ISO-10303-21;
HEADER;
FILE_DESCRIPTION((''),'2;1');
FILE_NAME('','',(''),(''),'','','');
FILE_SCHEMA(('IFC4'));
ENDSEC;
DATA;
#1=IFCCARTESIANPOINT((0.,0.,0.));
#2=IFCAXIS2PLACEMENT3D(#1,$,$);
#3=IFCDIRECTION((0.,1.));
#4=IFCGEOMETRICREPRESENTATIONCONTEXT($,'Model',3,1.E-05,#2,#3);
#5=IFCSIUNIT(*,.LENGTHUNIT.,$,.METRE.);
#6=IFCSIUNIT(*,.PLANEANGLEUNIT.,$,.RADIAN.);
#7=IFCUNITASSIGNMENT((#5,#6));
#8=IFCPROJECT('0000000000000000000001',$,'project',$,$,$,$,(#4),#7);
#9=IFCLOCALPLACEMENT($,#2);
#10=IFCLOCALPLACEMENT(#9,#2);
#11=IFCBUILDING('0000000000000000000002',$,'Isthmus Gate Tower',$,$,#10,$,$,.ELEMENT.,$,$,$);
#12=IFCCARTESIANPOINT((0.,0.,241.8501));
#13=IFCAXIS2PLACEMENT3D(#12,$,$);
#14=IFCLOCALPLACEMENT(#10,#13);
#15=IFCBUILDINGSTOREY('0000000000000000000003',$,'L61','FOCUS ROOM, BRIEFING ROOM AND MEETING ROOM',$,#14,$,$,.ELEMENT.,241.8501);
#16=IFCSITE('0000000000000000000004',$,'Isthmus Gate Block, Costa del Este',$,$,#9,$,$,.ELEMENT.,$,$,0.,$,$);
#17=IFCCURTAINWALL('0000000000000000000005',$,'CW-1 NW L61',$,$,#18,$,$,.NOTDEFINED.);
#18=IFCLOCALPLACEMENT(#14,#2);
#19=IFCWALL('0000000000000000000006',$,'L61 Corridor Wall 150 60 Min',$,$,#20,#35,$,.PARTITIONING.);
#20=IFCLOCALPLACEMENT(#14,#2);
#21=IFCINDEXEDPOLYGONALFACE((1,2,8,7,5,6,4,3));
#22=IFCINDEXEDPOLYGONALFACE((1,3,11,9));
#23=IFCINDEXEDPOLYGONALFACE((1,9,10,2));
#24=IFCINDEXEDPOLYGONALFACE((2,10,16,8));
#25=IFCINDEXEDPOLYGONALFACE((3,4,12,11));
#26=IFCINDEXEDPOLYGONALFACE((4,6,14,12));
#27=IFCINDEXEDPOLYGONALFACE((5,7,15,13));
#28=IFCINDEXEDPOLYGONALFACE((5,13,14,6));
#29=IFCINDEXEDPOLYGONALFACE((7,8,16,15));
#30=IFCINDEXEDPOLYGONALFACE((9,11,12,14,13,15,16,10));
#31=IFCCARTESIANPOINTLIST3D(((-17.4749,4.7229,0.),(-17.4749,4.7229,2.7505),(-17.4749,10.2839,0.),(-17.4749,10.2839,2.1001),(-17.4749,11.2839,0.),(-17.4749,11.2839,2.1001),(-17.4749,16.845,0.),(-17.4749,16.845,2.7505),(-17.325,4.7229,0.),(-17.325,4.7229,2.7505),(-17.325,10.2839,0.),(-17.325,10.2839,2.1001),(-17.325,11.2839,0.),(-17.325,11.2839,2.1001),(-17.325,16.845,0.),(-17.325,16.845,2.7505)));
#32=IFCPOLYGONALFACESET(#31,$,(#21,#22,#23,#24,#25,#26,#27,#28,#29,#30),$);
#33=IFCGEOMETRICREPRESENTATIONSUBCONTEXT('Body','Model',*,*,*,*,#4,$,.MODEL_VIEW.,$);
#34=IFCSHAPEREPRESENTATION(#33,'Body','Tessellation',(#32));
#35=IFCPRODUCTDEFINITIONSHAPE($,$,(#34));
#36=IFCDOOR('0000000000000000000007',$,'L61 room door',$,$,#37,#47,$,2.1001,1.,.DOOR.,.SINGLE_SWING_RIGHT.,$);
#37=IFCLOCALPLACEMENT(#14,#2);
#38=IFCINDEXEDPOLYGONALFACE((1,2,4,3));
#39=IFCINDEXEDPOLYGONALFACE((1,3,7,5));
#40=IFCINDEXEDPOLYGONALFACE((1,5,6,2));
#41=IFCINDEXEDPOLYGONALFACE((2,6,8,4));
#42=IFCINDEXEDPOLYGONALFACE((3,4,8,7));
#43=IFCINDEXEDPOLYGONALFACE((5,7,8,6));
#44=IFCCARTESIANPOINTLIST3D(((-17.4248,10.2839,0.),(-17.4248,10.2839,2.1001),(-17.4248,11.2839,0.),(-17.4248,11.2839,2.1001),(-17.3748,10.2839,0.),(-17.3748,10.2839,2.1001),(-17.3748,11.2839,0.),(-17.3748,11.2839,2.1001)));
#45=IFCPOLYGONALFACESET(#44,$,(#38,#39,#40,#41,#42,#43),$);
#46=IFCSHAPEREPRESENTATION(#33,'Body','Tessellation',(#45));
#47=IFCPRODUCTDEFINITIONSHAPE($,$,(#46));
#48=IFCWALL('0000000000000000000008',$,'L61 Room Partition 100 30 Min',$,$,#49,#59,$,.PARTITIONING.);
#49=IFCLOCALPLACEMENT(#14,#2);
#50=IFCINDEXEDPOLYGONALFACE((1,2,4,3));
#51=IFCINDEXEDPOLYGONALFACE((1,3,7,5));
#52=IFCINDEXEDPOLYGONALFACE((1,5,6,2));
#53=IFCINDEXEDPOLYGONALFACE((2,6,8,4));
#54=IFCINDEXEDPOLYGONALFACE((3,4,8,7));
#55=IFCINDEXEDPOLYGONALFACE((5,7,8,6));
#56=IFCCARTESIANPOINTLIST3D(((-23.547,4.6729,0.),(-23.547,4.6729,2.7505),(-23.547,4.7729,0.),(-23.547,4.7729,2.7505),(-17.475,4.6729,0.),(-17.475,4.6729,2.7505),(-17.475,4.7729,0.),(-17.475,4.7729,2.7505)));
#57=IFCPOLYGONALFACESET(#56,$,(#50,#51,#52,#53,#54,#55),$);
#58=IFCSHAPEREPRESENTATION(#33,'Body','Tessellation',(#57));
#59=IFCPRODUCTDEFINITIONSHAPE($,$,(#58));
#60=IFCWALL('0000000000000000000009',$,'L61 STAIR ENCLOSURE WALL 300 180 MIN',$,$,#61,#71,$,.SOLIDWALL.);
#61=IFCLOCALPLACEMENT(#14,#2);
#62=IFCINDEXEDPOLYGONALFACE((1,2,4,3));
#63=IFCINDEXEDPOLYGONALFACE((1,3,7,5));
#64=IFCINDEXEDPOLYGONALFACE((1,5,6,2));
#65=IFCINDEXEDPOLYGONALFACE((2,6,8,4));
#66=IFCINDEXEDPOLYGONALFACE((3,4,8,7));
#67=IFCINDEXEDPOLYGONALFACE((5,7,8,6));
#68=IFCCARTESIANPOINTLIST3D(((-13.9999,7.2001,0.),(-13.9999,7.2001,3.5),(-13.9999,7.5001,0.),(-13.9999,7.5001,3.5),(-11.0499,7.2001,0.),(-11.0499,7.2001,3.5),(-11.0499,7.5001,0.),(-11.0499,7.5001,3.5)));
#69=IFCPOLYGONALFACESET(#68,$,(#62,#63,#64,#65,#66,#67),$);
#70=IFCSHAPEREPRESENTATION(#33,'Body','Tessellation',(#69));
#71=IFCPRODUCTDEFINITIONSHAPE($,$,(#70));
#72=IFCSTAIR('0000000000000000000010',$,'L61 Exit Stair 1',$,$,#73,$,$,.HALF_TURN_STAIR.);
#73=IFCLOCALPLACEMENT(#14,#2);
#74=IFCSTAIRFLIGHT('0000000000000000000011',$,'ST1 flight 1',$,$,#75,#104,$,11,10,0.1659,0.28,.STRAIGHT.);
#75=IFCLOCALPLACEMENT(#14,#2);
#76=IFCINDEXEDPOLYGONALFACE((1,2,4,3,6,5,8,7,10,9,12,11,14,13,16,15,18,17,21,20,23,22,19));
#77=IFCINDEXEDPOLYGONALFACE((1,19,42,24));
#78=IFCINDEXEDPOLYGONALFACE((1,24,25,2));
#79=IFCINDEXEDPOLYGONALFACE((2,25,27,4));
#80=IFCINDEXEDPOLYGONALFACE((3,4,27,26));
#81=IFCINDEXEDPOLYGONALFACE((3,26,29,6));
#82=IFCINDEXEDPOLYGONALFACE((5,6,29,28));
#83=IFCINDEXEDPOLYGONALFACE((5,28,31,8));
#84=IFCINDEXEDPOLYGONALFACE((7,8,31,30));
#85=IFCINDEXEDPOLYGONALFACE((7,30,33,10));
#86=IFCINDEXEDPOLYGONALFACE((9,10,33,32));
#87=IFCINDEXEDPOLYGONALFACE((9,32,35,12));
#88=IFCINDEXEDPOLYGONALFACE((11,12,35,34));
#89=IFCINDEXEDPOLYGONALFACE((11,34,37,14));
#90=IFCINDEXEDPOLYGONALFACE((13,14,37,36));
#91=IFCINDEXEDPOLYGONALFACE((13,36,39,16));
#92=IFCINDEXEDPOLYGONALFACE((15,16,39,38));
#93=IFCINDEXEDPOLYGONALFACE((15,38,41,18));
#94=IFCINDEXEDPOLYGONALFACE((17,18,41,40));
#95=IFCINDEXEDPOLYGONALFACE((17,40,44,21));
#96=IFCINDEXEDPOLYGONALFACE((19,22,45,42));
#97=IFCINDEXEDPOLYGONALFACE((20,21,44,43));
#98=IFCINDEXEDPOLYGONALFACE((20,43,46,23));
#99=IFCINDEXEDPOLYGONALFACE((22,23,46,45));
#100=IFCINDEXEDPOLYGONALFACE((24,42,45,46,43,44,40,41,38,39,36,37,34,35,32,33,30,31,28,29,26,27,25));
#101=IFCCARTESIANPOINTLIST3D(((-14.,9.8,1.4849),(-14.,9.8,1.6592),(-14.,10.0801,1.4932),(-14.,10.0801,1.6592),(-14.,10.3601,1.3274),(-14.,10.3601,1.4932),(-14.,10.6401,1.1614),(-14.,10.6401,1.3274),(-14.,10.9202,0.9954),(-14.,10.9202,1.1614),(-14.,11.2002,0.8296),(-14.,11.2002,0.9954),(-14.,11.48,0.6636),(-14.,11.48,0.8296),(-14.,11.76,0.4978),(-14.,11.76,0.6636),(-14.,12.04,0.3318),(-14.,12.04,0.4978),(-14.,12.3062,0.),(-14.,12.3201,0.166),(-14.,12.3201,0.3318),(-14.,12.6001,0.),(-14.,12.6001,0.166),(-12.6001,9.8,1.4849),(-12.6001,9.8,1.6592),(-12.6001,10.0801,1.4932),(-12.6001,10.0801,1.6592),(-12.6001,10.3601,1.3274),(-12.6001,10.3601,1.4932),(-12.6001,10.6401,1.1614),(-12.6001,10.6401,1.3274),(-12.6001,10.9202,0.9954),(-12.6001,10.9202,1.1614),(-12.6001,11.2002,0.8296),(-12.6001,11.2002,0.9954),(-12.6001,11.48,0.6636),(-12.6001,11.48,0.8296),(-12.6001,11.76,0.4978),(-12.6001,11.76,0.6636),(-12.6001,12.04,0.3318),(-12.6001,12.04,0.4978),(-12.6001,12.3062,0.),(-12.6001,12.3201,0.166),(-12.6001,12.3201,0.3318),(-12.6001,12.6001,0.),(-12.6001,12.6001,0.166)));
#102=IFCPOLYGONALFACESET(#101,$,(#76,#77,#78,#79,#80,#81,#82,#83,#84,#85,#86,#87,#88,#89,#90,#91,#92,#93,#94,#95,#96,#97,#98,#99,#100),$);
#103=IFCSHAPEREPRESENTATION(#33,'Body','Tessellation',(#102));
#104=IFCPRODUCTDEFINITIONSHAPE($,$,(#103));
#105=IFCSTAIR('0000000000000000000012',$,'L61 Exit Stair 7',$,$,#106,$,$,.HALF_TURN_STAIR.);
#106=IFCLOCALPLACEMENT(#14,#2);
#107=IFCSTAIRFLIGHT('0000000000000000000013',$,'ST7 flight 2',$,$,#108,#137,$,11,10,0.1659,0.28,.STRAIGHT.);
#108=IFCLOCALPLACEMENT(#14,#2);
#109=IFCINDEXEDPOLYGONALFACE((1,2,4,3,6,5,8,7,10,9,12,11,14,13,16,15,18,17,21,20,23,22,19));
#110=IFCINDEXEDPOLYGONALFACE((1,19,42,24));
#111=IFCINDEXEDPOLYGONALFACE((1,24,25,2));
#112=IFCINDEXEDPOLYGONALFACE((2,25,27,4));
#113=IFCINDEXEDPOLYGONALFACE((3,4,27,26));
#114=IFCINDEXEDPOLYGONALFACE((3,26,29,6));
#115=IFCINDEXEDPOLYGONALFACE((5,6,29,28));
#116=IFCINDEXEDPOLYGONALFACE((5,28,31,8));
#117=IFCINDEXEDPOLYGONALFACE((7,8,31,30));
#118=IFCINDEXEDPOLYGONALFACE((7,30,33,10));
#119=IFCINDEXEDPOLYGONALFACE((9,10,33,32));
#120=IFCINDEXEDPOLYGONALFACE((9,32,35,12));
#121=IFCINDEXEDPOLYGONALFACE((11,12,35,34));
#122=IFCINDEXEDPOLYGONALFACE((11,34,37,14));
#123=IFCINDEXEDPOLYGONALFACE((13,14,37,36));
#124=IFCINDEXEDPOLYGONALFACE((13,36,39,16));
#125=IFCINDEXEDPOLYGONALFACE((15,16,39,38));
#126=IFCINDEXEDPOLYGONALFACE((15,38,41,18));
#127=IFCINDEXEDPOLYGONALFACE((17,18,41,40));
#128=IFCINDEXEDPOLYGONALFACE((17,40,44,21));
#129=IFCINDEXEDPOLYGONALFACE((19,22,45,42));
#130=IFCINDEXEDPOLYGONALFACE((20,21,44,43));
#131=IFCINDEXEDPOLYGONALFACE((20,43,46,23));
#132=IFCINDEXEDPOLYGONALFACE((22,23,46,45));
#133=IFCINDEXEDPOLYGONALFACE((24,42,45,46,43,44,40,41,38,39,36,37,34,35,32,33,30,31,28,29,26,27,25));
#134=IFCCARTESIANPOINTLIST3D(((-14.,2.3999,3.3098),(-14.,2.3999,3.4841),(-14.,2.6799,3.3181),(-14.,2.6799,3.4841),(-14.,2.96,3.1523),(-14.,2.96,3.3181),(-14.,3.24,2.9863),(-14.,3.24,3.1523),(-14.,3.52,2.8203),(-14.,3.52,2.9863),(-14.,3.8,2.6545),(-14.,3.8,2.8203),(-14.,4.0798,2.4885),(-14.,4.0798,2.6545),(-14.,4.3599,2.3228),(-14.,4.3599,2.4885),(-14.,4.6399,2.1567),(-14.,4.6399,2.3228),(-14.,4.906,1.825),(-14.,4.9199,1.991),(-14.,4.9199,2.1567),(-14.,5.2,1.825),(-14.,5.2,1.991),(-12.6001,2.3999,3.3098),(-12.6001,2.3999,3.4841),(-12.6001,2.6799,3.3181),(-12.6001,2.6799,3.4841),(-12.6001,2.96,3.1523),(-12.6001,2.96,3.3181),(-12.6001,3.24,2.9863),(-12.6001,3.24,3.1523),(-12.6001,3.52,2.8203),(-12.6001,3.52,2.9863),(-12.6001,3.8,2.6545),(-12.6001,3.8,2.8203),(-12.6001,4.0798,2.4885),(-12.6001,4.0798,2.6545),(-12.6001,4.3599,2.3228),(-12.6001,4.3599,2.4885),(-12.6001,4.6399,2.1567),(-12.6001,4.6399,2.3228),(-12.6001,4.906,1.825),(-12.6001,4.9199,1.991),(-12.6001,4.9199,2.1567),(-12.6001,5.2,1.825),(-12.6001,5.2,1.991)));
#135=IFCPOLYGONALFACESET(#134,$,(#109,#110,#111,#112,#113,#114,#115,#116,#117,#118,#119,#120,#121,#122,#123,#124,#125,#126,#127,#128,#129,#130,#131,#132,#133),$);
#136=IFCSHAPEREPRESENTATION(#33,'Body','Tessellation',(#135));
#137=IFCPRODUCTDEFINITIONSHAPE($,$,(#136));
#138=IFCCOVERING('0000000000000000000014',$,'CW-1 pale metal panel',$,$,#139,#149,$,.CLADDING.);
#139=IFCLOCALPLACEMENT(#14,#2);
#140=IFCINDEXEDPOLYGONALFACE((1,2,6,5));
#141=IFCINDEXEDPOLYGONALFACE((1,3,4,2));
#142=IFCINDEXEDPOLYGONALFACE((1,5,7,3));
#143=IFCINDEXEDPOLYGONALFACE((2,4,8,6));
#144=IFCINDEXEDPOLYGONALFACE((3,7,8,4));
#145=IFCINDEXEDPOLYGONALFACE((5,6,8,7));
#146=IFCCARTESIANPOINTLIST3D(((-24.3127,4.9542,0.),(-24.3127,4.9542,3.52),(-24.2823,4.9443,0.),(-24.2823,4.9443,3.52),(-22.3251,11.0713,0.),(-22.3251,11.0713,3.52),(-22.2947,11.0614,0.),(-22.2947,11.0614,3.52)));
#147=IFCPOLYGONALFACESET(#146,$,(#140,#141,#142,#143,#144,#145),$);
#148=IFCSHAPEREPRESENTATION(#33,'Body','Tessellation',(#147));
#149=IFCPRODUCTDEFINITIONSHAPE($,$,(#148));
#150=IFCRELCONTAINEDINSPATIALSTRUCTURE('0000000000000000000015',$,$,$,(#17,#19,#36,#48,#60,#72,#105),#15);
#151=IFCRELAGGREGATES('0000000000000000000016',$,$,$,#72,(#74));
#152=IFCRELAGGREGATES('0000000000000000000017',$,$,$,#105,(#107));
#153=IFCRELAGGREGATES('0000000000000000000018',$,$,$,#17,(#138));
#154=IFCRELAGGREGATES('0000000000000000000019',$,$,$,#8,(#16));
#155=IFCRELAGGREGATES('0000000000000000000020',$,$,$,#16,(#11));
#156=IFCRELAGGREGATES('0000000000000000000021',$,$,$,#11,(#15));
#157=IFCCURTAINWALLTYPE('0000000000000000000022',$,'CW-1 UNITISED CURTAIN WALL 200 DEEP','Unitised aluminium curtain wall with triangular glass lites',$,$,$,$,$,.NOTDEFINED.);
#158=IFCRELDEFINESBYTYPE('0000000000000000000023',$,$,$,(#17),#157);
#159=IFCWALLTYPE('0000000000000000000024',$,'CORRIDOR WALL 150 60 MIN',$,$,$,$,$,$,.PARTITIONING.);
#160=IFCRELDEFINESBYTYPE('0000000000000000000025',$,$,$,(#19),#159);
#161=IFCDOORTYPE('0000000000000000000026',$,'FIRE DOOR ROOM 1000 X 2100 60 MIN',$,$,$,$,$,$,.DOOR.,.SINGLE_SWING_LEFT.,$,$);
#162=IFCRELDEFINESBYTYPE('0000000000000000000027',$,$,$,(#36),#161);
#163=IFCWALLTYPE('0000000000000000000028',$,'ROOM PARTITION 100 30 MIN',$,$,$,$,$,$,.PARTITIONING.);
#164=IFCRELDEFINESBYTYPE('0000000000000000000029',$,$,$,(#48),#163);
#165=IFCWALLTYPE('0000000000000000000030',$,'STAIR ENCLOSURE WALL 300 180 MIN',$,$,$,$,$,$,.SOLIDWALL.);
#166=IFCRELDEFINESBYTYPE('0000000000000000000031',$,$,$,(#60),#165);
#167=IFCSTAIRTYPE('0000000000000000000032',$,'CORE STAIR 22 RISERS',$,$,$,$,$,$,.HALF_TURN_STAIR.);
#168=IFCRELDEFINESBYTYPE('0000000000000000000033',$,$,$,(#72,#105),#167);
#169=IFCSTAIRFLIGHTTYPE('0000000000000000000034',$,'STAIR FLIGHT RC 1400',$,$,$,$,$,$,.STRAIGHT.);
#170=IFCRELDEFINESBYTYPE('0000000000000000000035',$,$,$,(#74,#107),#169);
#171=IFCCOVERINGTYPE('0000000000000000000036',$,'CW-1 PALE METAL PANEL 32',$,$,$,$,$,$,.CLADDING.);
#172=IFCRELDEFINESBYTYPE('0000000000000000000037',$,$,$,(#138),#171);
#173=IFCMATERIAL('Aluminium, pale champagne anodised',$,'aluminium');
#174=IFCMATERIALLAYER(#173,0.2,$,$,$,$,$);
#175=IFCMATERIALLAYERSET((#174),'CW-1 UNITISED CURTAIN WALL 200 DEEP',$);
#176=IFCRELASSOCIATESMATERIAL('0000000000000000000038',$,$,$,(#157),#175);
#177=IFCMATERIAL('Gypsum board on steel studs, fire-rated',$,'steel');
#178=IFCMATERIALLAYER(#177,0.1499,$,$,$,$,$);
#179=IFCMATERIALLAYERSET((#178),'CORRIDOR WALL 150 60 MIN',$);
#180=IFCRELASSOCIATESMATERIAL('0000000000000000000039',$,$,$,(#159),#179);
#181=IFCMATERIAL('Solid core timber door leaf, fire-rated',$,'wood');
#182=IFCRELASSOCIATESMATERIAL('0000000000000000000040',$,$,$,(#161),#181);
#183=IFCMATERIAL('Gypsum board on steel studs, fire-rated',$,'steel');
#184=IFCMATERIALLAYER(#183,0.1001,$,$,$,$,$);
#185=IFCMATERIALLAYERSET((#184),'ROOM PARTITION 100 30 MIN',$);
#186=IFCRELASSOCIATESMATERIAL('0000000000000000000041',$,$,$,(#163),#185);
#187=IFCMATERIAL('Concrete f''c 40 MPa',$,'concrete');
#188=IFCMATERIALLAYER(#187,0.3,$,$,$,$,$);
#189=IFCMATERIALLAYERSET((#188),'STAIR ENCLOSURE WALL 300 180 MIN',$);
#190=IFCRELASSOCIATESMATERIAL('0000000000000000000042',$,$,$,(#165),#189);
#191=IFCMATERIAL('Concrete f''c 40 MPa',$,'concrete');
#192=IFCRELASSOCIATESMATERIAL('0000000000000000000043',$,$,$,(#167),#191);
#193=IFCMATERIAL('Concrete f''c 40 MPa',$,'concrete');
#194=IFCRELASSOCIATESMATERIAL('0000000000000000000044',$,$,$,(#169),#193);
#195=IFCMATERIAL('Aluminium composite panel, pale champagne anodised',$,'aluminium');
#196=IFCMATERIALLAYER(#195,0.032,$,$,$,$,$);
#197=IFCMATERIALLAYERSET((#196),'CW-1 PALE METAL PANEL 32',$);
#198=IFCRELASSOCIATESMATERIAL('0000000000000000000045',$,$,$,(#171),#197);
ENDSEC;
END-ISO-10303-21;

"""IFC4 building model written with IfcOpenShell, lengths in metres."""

from ifc_helpers import new_model, si_unit, direction, frame, frame_2d, origin, origin_2d, place, context, subcontext, project, spatial, polyline, rectangle, outline, extrude, material, layer, layer_set, type_object, element, fill, aggregate, save


model = new_model("IFC4")

# Units and contexts
model_context = context("Model", 3, precision=1e-05, world=origin(), true_north=direction((0.0, 1.0)))
body_context = subcontext(model_context, "Body", "Model", "MODEL_VIEW")
ifc_project = project(units=[si_unit("LENGTHUNIT", "METRE"), si_unit("PLANEANGLEUNIT", "RADIAN")], contexts=[model_context])

# Site, building, storey
site_placement = place(None, origin())
site = spatial("IfcSite", under=ifc_project, at=site_placement, Name="Isthmus Gate Block, Costa del Este", CompositionType="ELEMENT", RefElevation=0.0)
building_placement = place(site_placement, origin())
building = spatial("IfcBuilding", under=site, at=building_placement, Name="Isthmus Gate Tower", CompositionType="ELEMENT")
storey_placement = place(building_placement, frame((0.0, 0.0, 241.8501)))
storey = spatial("IfcBuildingStorey", under=building, at=storey_placement, Name="L61", Description="FOCUS ROOM, BRIEFING ROOM AND MEETING ROOM", CompositionType="ELEMENT", Elevation=241.8501)

# Curtain wall
ifc_material_1 = material(Name="Aluminium, pale champagne anodised", Category="aluminium")
ifc_layer_1 = layer(ifc_material_1, 0.2)
ifc_layer_set_1 = layer_set([ifc_layer_1], Name="CW-1 UNITISED CURTAIN WALL 200 DEEP")
curtain_wall_type = type_object("IfcCurtainWallType", Name="CW-1 UNITISED CURTAIN WALL 200 DEEP", Description="Unitised aluminium curtain wall with triangular glass lites", PredefinedType="NOTDEFINED", material=ifc_layer_set_1)
curtain_wall_placement = place(storey_placement, origin())
curtain_wall = element("IfcCurtainWall", 1, at=curtain_wall_placement, inside=storey, type_object=curtain_wall_type, Name="CW-1 NW L61", PredefinedType="NOTDEFINED")

# Wall, opening, door
ifc_material_2 = material(Name="Gypsum board on steel studs, fire-rated", Category="steel")
ifc_layer_2 = layer(ifc_material_2, 0.1499)
ifc_layer_set_2 = layer_set([ifc_layer_2], Name="CORRIDOR WALL 150 60 MIN")
wall_type_1 = type_object("IfcWallType", Name="CORRIDOR WALL 150 60 MIN", PredefinedType="PARTITIONING", material=ifc_layer_set_2)
wall_1_placement = place(storey_placement, frame((-17.3999, 4.7229, 0.0), z_axis=(0.0, 0.0, 1.0), x_axis=(0.0, 1.0, 0.0)))
wall_1 = element("IfcWall", 2, at=wall_1_placement, inside=storey, type_object=wall_type_1, Name="L61 Corridor Wall 150 60 Min", PredefinedType="PARTITIONING", context=body_context, shape_type="SweptSolid", body=[
    extrude(rectangle(XDim=12.1221, YDim=0.1499, at=frame_2d((6.061, 0.0))), origin(), (0.0, 0.0, 1.0), 2.7505),
])
opening_placement = place(wall_1_placement, frame((5.561, 0.0, 0.0)))
opening = element("IfcOpeningElement", 3, at=opening_placement, cuts=wall_1, PredefinedType="OPENING", context=body_context, shape_type="SweptSolid", body=[
    extrude(rectangle(XDim=1.0, YDim=2.1001, at=frame_2d((0.5, 1.05))), frame((0.0, 0.085, 0.0), z_axis=(0.0, -1.0, 0.0), x_axis=(1.0, 0.0, 0.0)), (0.0, 0.0, 1.0), 0.1699),
])
ifc_material_3 = material(Name="Solid core timber door leaf, fire-rated", Category="wood")
door_type = type_object("IfcDoorType", Name="FIRE DOOR ROOM 1000 X 2100 60 MIN", OperationType="SINGLE_SWING_LEFT", PredefinedType="DOOR", material=ifc_material_3)
door_placement = place(opening_placement, origin())
door = element("IfcDoor", 4, at=door_placement, inside=storey, type_object=door_type, Name="L61 room door", OperationType="SINGLE_SWING_RIGHT", OverallHeight=2.1001, OverallWidth=1.0, PredefinedType="DOOR", context=body_context, shape_type="SweptSolid", body=[
    extrude(rectangle(XDim=1.0, YDim=2.1001, at=frame_2d((0.5, 1.05))), frame((0.0, 0.0249, 0.0), z_axis=(0.0, -1.0, 0.0), x_axis=(1.0, 0.0, 0.0)), (0.0, 0.0, 1.0), 0.05),
])
fill(opening, door)

# Walls
ifc_material_4 = material(Name="Gypsum board on steel studs, fire-rated", Category="steel")
ifc_layer_3 = layer(ifc_material_4, 0.1001)
ifc_layer_set_3 = layer_set([ifc_layer_3], Name="ROOM PARTITION 100 30 MIN")
wall_type_2 = type_object("IfcWallType", Name="ROOM PARTITION 100 30 MIN", PredefinedType="PARTITIONING", material=ifc_layer_set_3)
wall_2_placement = place(storey_placement, frame((-23.5471, 4.7229, 0.0), z_axis=(0.0, 0.0, 1.0), x_axis=(1.0, 0.0, 0.0)))
element("IfcWall", 5, at=wall_2_placement, inside=storey, type_object=wall_type_2, Name="L61 Room Partition 100 30 Min", PredefinedType="PARTITIONING", context=body_context, shape_type="SweptSolid", body=[
    extrude(rectangle(XDim=6.072, YDim=0.1001, at=frame_2d((3.0361, 0.0))), origin(), (0.0, 0.0, 1.0), 2.7505),
])
ifc_material_5 = material(Name="Concrete f'c 40 MPa", Category="concrete")
ifc_layer_4 = layer(ifc_material_5, 0.3)
ifc_layer_set_4 = layer_set([ifc_layer_4], Name="STAIR ENCLOSURE WALL 300 180 MIN")
wall_type_3 = type_object("IfcWallType", Name="STAIR ENCLOSURE WALL 300 180 MIN", PredefinedType="SOLIDWALL", material=ifc_layer_set_4)
wall_3_placement = place(storey_placement, frame((-14.0, 7.3501, 0.0), z_axis=(0.0, 0.0, 1.0), x_axis=(1.0, 0.0, 0.0)))
element("IfcWall", 6, at=wall_3_placement, inside=storey, type_object=wall_type_3, Name="L61 STAIR ENCLOSURE WALL 300 180 MIN", PredefinedType="SOLIDWALL", context=body_context, shape_type="SweptSolid", body=[
    extrude(rectangle(XDim=2.95, YDim=0.3, at=frame_2d((1.4751, 0.0))), origin(), (0.0, 0.0, 1.0), 3.5),
])

# Stairs, stair flights
ifc_material_6 = material(Name="Concrete f'c 40 MPa", Category="concrete")
stair_type = type_object("IfcStairType", Name="CORE STAIR 22 RISERS", PredefinedType="HALF_TURN_STAIR", material=ifc_material_6)
stair_1_placement = place(storey_placement, origin())
stair_1 = element("IfcStair", 7, at=stair_1_placement, inside=storey, type_object=stair_type, Name="L61 Exit Stair 1", PredefinedType="HALF_TURN_STAIR")
ifc_material_7 = material(Name="Concrete f'c 40 MPa", Category="concrete")
stair_flight_type = type_object("IfcStairFlightType", Name="STAIR FLIGHT RC 1400", PredefinedType="STRAIGHT", material=ifc_material_7)
stair_flight_1_placement = place(storey_placement, frame((-13.3, 12.6001, 0.0), z_axis=(0.0, 0.0, 1.0), x_axis=(0.0, -1.0, 0.0)))
stair_flight_1 = element("IfcStairFlight", 8, at=stair_flight_1_placement, type_object=stair_flight_type, Name="ST1 flight 1", NumberOfRisers=11, NumberOfTreads=10, PredefinedType="STRAIGHT", RiserHeight=0.1659, TreadLength=0.28, context=body_context, shape_type="SweptSolid", body=[
    extrude(outline(polyline([(0.0, 0.0), (0.0, 0.166), (0.28, 0.166), (0.28, 0.3318), (0.5601, 0.3318), (0.5601, 0.4978), (0.8401, 0.4978), (0.8401, 0.6636), (1.1201, 0.6636), (1.1201, 0.8296), (1.3999, 0.8296), (1.3999, 0.9954), (1.6799, 0.9954), (1.6799, 1.1614), (1.96, 1.1614), (1.96, 1.3274), (2.24, 1.3274), (2.24, 1.4932), (2.52, 1.4932), (2.52, 1.6592), (2.8, 1.6592), (2.8, 1.825), (2.8, 1.4849), (0.2939, 0.0), (0.0, 0.0)])), frame((0.0, 0.7, 0.0), z_axis=(0.0, -1.0, 0.0), x_axis=(1.0, 0.0, 0.0)), (0.0, 0.0, 1.0), 1.3999),
])
aggregate(stair_1, [stair_flight_1])
stair_2_placement = place(storey_placement, origin())
stair_2 = element("IfcStair", 9, at=stair_2_placement, inside=storey, type_object=stair_type, Name="L61 Exit Stair 7", PredefinedType="HALF_TURN_STAIR")
stair_flight_2_placement = place(storey_placement, frame((-13.3, 5.2, 1.825), z_axis=(0.0, 0.0, 1.0), x_axis=(0.0, -1.0, 0.0)))
stair_flight_2 = element("IfcStairFlight", 10, at=stair_flight_2_placement, type_object=stair_flight_type, Name="ST7 flight 2", NumberOfRisers=11, NumberOfTreads=10, PredefinedType="STRAIGHT", RiserHeight=0.1659, TreadLength=0.28, context=body_context, shape_type="SweptSolid", body=[
    extrude(outline(polyline([(0.0, 0.0), (0.0, 0.166), (0.28, 0.166), (0.28, 0.3318), (0.5601, 0.3318), (0.5601, 0.4978), (0.8401, 0.4978), (0.8401, 0.6636), (1.1201, 0.6636), (1.1201, 0.8296), (1.3999, 0.8296), (1.3999, 0.9954), (1.6799, 0.9954), (1.6799, 1.1614), (1.96, 1.1614), (1.96, 1.3274), (2.24, 1.3274), (2.24, 1.4932), (2.52, 1.4932), (2.52, 1.6592), (2.8, 1.6592), (2.8, 1.825), (2.8, 1.4849), (0.2939, 0.0), (0.0, 0.0)])), frame((0.0, 0.7, 0.0), z_axis=(0.0, -1.0, 0.0), x_axis=(1.0, 0.0, 0.0)), (0.0, 0.0, 1.0), 1.3999),
])
aggregate(stair_2, [stair_flight_2])

# Covering
ifc_material_8 = material(Name="Aluminium composite panel, pale champagne anodised", Category="aluminium")
ifc_layer_5 = layer(ifc_material_8, 0.032)
ifc_layer_set_5 = layer_set([ifc_layer_5], Name="CW-1 PALE METAL PANEL 32")
covering_type = type_object("IfcCoveringType", Name="CW-1 PALE METAL PANEL 32", PredefinedType="CLADDING", material=ifc_layer_set_5)
covering_placement = place(storey_placement, frame((-23.3037, 8.0078, 0.0), z_axis=(0.0, 0.0, 1.0), x_axis=(-0.309017, -0.951057, 0.0)))
covering = element("IfcCovering", 11, at=covering_placement, type_object=covering_type, Name="CW-1 pale metal panel", PredefinedType="CLADDING", context=body_context, shape_type="SweptSolid", body=[
    extrude(rectangle(XDim=6.4319, YDim=0.032, at=origin_2d()), origin(), (0.0, 0.0, 1.0), 3.52),
])
aggregate(curtain_wall, [covering])

save(model, "model.ifc")
